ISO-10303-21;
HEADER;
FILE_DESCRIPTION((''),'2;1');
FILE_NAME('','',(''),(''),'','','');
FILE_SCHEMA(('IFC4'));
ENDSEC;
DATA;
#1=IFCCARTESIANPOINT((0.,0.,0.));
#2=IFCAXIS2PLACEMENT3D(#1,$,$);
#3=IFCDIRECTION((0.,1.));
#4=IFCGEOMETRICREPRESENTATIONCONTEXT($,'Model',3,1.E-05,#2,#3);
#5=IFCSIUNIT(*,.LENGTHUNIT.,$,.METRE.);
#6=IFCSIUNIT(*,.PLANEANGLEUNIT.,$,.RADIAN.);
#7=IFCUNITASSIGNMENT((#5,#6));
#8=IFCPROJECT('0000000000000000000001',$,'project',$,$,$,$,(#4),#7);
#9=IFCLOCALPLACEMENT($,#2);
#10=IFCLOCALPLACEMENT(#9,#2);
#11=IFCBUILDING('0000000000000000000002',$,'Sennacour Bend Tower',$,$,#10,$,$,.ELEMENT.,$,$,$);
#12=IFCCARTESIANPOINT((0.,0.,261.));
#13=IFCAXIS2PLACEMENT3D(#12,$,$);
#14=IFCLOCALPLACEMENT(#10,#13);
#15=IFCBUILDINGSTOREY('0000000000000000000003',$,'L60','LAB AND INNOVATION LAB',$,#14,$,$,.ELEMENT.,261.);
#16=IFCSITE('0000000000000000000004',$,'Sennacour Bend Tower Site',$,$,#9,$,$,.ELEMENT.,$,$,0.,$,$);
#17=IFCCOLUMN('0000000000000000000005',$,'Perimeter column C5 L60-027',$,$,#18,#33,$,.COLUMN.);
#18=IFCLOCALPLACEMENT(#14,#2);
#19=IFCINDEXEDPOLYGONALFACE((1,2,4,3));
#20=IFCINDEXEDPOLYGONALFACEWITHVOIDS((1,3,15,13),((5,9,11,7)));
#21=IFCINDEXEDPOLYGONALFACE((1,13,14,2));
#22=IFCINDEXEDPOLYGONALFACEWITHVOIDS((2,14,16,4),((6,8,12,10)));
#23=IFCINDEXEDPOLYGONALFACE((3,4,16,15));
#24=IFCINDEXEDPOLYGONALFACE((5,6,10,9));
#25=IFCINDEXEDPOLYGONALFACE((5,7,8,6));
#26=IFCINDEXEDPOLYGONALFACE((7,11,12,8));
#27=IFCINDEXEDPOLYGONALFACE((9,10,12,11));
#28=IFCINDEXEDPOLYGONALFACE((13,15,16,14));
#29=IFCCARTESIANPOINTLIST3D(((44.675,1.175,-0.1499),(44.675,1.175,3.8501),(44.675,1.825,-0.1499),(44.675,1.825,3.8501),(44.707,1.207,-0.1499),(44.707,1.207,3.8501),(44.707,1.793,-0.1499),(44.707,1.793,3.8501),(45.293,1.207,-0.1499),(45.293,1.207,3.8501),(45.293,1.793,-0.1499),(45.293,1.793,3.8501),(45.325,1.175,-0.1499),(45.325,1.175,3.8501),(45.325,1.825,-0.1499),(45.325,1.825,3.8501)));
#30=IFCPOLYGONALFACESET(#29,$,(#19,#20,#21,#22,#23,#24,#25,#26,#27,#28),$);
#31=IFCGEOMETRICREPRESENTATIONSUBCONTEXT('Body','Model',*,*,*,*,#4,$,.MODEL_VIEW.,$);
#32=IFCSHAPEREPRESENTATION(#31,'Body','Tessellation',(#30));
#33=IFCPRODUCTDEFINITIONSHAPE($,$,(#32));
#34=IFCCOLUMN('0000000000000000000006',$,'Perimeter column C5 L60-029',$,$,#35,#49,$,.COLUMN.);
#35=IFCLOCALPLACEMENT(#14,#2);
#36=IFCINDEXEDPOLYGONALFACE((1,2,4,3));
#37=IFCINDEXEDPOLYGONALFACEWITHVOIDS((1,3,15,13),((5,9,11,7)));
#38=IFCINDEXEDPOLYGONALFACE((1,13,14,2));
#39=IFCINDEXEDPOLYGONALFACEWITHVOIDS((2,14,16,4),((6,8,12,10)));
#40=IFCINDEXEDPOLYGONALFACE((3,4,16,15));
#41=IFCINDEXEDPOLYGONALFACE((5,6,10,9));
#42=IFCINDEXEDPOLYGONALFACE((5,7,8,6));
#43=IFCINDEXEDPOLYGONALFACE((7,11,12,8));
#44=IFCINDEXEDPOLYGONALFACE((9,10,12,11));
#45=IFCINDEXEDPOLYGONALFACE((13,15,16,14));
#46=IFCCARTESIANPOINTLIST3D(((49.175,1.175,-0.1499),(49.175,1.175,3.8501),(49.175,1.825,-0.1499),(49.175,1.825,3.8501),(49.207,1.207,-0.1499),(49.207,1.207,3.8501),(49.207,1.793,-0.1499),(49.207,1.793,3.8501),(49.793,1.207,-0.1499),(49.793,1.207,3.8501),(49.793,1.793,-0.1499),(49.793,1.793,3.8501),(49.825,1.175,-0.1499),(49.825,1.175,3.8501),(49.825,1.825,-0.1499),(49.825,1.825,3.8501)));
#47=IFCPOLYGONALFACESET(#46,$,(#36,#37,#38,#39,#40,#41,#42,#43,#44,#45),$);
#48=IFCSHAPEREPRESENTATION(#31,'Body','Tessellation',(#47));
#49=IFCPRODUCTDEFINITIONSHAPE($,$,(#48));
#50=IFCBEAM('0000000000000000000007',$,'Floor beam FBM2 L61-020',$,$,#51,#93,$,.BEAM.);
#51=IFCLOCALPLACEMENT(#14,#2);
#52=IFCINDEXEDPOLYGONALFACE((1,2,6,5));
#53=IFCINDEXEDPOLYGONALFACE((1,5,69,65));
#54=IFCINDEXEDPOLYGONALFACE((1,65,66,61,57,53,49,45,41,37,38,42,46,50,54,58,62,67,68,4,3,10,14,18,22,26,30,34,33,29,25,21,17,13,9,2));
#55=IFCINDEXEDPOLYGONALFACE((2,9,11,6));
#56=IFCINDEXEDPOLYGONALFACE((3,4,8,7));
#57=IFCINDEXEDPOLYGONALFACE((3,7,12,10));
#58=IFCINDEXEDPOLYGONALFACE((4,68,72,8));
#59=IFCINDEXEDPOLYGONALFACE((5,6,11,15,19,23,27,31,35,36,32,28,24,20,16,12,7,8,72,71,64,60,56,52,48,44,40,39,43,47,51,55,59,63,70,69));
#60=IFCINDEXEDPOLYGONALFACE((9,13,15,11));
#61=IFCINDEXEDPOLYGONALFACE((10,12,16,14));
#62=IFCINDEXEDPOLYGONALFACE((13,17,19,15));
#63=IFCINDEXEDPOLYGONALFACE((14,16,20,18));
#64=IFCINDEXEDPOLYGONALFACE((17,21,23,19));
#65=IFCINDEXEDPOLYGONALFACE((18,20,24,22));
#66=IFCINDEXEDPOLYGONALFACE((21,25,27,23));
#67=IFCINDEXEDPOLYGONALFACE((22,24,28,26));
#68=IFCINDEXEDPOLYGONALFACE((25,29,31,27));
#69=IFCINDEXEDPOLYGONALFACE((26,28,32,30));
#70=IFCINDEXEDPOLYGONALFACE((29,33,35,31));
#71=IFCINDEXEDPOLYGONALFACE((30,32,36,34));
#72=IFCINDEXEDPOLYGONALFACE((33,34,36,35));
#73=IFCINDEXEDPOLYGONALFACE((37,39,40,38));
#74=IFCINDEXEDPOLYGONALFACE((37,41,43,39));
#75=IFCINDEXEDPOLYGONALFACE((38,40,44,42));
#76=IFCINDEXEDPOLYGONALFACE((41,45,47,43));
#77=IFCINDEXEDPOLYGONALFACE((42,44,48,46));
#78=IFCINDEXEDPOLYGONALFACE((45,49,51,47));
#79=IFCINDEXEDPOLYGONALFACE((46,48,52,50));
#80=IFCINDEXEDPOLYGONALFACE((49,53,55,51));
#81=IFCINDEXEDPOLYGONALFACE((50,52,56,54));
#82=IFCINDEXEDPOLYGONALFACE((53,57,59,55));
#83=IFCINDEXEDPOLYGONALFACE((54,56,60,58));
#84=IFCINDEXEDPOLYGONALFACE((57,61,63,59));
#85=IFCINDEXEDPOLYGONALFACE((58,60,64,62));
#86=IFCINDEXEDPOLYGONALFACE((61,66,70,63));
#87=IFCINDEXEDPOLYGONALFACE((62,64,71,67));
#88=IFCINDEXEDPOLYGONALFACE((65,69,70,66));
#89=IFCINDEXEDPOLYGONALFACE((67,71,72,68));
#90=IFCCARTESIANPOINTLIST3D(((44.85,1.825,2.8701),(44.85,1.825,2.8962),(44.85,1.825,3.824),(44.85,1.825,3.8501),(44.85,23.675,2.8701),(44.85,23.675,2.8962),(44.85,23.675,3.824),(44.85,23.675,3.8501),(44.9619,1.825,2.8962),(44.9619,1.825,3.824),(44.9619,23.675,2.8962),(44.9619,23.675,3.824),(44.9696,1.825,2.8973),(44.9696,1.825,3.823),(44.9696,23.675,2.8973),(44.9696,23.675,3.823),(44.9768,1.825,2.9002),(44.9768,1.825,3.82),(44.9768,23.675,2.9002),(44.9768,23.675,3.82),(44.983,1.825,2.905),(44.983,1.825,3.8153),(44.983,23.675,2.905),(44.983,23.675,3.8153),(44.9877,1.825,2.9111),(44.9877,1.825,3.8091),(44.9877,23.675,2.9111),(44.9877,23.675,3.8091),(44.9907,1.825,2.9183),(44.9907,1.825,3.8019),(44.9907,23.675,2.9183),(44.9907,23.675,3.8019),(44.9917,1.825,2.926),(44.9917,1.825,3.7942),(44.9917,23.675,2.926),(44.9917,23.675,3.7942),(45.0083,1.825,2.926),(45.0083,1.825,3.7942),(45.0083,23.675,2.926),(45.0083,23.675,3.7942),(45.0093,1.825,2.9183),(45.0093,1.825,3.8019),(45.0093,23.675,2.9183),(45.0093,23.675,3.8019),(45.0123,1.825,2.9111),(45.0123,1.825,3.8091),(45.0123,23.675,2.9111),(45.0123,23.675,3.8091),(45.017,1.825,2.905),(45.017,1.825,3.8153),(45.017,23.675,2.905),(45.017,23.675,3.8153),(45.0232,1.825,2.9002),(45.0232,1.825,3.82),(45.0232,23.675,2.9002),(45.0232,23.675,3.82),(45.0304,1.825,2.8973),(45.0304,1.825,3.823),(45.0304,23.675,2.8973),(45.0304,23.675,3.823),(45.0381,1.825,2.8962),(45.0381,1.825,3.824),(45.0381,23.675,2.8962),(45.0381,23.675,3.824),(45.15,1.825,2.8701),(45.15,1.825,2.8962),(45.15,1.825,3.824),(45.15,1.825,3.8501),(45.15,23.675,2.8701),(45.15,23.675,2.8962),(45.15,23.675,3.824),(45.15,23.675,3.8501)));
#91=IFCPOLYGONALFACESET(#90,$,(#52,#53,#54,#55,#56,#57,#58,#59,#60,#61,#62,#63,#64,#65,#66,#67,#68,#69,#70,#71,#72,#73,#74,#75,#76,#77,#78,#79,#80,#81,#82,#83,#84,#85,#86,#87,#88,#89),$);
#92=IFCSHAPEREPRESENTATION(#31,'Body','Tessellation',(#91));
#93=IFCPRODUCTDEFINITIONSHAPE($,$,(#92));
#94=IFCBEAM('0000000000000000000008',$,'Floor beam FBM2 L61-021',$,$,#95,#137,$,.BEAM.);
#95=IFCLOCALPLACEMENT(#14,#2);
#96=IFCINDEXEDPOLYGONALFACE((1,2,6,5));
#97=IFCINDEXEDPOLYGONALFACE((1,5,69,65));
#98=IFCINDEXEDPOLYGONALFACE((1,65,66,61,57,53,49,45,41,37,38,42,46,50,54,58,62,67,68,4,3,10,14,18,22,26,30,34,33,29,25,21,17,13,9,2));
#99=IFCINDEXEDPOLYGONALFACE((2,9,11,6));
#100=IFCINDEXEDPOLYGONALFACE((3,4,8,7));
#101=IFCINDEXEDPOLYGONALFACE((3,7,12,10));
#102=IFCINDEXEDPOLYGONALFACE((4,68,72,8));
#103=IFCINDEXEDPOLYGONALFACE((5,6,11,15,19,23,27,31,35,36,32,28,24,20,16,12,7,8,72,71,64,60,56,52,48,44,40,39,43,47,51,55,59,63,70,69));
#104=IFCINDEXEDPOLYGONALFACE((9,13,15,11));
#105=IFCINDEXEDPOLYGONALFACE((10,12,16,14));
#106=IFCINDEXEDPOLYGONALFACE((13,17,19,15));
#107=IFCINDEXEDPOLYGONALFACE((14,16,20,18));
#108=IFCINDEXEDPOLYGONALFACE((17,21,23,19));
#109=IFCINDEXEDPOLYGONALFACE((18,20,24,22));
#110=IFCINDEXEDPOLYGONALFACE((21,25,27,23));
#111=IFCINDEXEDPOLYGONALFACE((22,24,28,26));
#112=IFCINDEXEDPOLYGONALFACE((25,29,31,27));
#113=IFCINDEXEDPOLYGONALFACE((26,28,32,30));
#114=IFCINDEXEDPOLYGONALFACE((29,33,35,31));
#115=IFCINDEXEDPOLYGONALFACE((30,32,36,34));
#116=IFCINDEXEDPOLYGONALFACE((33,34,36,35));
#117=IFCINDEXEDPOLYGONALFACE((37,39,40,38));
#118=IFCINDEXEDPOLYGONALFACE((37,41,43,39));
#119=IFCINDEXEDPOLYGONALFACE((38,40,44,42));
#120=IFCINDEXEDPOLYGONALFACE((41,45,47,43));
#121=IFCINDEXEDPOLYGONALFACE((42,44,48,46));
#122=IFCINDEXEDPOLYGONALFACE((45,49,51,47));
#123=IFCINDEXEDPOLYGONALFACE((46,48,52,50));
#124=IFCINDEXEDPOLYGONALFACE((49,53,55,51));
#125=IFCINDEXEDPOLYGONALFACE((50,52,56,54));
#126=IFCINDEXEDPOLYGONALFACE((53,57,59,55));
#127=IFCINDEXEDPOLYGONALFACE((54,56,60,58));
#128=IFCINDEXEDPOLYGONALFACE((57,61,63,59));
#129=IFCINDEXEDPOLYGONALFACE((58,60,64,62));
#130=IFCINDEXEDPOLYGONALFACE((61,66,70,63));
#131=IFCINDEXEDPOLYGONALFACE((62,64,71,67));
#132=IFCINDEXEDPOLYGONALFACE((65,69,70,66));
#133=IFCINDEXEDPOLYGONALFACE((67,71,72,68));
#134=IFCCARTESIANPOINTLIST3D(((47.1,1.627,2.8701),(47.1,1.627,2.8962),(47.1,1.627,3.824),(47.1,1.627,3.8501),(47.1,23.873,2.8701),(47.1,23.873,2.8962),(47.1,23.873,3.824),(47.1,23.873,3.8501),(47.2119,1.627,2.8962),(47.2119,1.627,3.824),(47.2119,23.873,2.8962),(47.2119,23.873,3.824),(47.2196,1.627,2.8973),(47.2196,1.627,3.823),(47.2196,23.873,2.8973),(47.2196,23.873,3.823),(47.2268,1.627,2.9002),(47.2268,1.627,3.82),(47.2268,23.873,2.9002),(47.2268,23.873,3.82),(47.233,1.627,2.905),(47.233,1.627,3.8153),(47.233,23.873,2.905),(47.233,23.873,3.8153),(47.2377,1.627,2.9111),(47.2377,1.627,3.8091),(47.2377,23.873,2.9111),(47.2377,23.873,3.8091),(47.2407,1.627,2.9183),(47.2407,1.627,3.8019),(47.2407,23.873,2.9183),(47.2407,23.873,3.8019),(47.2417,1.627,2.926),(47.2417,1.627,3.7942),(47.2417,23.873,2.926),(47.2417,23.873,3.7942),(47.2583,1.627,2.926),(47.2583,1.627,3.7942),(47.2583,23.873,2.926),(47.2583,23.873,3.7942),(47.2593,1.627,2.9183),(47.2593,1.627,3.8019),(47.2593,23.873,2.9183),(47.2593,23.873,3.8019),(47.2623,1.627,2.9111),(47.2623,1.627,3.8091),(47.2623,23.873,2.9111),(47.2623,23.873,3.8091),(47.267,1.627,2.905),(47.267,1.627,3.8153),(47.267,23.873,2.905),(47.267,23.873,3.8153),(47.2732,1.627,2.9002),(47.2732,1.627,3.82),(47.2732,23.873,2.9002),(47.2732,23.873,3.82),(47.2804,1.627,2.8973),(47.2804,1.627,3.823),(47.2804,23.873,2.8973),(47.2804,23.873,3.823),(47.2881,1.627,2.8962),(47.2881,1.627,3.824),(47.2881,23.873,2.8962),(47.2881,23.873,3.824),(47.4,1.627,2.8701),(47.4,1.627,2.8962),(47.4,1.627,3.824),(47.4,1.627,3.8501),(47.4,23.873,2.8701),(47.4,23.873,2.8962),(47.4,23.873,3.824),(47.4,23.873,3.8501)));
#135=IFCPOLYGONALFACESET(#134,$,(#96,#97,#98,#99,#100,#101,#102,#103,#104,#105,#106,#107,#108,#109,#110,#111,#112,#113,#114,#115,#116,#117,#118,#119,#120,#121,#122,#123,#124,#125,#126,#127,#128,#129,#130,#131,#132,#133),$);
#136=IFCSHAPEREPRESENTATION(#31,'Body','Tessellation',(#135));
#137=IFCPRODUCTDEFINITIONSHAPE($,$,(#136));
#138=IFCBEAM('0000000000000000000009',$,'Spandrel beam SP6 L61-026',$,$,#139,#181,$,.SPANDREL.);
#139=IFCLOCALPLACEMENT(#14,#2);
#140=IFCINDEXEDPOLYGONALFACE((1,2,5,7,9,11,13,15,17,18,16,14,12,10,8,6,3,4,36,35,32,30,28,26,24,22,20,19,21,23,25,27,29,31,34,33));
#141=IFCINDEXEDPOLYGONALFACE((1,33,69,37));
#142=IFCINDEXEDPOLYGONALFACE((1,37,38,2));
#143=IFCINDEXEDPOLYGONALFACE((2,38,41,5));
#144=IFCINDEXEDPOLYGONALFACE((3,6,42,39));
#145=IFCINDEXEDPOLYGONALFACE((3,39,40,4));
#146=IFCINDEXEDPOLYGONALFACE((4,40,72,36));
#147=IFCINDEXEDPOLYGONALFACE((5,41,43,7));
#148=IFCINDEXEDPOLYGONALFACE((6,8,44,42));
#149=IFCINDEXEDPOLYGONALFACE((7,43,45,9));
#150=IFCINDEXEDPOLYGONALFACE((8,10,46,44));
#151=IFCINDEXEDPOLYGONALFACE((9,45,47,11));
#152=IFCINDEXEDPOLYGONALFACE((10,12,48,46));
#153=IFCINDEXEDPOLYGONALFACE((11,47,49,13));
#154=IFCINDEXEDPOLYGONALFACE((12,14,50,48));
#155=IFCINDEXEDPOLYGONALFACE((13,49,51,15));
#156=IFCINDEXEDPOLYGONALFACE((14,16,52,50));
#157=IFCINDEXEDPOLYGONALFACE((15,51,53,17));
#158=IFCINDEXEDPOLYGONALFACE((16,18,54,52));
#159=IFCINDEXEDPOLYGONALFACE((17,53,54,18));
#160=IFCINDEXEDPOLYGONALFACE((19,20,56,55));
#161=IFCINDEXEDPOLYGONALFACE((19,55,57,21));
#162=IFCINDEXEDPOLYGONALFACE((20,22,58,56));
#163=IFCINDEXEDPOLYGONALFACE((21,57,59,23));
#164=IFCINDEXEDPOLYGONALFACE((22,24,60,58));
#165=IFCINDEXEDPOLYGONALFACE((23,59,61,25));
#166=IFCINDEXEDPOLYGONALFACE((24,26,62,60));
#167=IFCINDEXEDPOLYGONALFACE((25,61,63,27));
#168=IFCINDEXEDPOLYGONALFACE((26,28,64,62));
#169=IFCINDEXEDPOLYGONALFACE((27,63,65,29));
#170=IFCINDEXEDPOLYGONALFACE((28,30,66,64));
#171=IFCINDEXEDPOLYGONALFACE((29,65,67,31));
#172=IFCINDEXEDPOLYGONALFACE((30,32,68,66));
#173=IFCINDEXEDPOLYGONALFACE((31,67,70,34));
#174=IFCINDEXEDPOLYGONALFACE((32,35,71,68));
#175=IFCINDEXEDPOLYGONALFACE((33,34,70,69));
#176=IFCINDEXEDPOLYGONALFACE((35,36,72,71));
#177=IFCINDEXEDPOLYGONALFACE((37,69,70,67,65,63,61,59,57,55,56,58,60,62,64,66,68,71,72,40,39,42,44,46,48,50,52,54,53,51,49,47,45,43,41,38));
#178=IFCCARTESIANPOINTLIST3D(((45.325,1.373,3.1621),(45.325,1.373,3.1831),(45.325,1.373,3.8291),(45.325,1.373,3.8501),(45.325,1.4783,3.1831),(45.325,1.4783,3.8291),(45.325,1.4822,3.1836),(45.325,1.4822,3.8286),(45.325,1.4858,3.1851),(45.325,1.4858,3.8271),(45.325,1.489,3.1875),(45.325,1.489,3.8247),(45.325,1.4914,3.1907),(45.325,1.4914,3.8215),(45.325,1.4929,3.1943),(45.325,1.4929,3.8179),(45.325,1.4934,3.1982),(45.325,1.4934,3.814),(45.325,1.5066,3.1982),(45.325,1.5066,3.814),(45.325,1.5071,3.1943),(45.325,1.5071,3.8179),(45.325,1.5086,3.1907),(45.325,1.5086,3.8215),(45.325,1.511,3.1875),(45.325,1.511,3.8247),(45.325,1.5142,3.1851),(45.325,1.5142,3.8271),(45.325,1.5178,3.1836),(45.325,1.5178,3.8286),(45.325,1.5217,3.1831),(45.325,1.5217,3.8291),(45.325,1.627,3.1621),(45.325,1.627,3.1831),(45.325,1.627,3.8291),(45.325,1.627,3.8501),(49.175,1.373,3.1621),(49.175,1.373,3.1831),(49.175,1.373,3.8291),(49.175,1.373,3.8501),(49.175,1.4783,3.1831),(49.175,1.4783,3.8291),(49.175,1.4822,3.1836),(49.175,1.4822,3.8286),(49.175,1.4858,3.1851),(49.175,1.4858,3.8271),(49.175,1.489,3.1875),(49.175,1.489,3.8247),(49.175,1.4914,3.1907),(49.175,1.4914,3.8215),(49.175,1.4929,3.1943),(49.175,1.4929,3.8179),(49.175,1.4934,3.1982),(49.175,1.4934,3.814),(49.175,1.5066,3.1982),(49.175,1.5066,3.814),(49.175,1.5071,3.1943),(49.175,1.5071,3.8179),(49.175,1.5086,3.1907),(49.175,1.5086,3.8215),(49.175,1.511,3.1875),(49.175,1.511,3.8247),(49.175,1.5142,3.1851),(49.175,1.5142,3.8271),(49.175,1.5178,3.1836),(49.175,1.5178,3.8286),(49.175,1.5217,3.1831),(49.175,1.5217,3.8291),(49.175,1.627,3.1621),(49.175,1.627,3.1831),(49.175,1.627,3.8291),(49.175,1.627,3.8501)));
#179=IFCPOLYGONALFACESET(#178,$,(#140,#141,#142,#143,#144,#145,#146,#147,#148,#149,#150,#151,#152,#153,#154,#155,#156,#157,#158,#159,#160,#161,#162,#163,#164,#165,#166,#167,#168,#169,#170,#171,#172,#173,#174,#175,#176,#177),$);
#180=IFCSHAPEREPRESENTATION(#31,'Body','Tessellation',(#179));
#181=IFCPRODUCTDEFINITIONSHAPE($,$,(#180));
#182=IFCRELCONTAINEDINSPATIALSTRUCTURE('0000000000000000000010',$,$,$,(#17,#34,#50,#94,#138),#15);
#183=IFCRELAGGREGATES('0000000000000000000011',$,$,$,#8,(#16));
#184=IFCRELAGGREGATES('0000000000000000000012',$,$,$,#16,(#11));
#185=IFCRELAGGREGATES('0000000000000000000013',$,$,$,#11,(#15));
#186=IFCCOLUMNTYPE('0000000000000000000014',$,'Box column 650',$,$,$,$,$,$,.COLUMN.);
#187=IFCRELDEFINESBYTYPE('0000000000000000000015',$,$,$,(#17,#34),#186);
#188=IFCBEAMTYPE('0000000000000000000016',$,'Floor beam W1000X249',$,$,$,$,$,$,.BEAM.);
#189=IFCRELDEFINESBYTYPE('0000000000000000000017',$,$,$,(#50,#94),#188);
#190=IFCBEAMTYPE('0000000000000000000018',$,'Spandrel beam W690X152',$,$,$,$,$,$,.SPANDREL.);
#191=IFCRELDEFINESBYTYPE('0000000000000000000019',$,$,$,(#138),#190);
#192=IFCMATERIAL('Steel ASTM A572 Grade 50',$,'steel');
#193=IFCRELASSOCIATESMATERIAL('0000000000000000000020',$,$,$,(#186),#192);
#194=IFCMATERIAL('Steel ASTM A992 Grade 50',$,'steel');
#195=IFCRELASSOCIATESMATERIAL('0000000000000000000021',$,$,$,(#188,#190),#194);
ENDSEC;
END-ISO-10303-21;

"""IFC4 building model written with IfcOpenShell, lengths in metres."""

from ifc_helpers import new_model, si_unit, direction, frame, origin, origin_2d, place, context, subcontext, project, spatial, hollow_rectangle, i_section, extrude, material, material_profile, profile_set, type_object, element, save


model = new_model("IFC4")

# Units and contexts
model_context = context("Model", 3, precision=1e-05, world=origin(), true_north=direction((0.0, 1.0)))
body_context = subcontext(model_context, "Body", "Model", "MODEL_VIEW")
ifc_project = project(units=[si_unit("LENGTHUNIT", "METRE"), si_unit("PLANEANGLEUNIT", "RADIAN")], contexts=[model_context])

# Site, building, storey
site_placement = place(None, origin())
site = spatial("IfcSite", under=ifc_project, at=site_placement, Name="Sennacour Bend Tower Site", CompositionType="ELEMENT", RefElevation=0.0)
building_placement = place(site_placement, origin())
building = spatial("IfcBuilding", under=site, at=building_placement, Name="Sennacour Bend Tower", CompositionType="ELEMENT")
storey_placement = place(building_placement, frame((0.0, 0.0, 261.0)))
storey = spatial("IfcBuildingStorey", under=building, at=storey_placement, Name="L60", Description="LAB AND INNOVATION LAB", CompositionType="ELEMENT", Elevation=261.0)

# Columns
ifc_material_1 = material(Name="Steel ASTM A572 Grade 50", Category="steel")
ifc_material_profile_1 = material_profile(ifc_material_1, hollow_rectangle(XDim=0.6499, YDim=0.6499, WallThickness=0.032, at=origin_2d()), Name="Steel ASTM A572 Grade 50", Category="steel")
ifc_profile_set_1 = profile_set([ifc_material_profile_1], Name="Steel ASTM A572 Grade 50")
column_type = type_object("IfcColumnType", Name="Box column 650", PredefinedType="COLUMN", material=ifc_profile_set_1)
for number, where, z_axis, x_axis, name in (
    (1, (45.0, 1.5, -0.1499), (0.0, 0.0, 1.0), (1.0, 0.0, 0.0), "Perimeter column C5 L60-027"),
    (2, (49.5, 1.5, -0.1499), (0.0, 0.0, 1.0), (1.0, 0.0, 0.0), "Perimeter column C5 L60-029"),
):
    element("IfcColumn", number, at=place(storey_placement, frame(where, z_axis=z_axis, x_axis=x_axis)), inside=storey, type_object=column_type, Name=name, PredefinedType="COLUMN", context=body_context, shape_type="SweptSolid", body=[
        extrude(hollow_rectangle(XDim=0.6499, YDim=0.6499, WallThickness=0.032, at=origin_2d()), origin(), (0.0, 0.0, 1.0), 4.0),
    ])

# Beams
ifc_material_2 = material(Name="Steel ASTM A992 Grade 50", Category="steel")
ifc_material_profile_2 = material_profile(ifc_material_2, i_section(OverallWidth=0.3, OverallDepth=0.98, WebThickness=0.0166, FlangeThickness=0.0261, FilletRadius=0.0298, at=origin_2d()), Name="Steel ASTM A992 Grade 50", Category="steel")
ifc_profile_set_2 = profile_set([ifc_material_profile_2], Name="Steel ASTM A992 Grade 50")
beam_type_1 = type_object("IfcBeamType", Name="Floor beam W1000X249", PredefinedType="BEAM", material=ifc_profile_set_2)
beam_1_placement = place(storey_placement, frame((45.0, 1.825, 3.3601), z_axis=(0.0, 1.0, 0.0), x_axis=(-1.0, 0.0, 0.0)))
element("IfcBeam", 3, at=beam_1_placement, inside=storey, type_object=beam_type_1, Name="Floor beam FBM2 L61-020", PredefinedType="BEAM", context=body_context, shape_type="SweptSolid", body=[
    extrude(i_section(OverallWidth=0.3, OverallDepth=0.98, WebThickness=0.0166, FlangeThickness=0.0261, FilletRadius=0.0298, at=origin_2d()), origin(), (0.0, 0.0, 1.0), 21.8501),
])
beam_2_placement = place(storey_placement, frame((47.25, 1.627, 3.3601), z_axis=(0.0, 1.0, 0.0), x_axis=(-1.0, 0.0, 0.0)))
element("IfcBeam", 4, at=beam_2_placement, inside=storey, type_object=beam_type_1, Name="Floor beam FBM2 L61-021", PredefinedType="BEAM", context=body_context, shape_type="SweptSolid", body=[
    extrude(i_section(OverallWidth=0.3, OverallDepth=0.98, WebThickness=0.0166, FlangeThickness=0.0261, FilletRadius=0.0298, at=origin_2d()), origin(), (0.0, 0.0, 1.0), 22.2461),
])
ifc_material_profile_3 = material_profile(ifc_material_2, i_section(OverallWidth=0.2539, OverallDepth=0.688, WebThickness=0.0132, FlangeThickness=0.021, FilletRadius=0.0151, at=origin_2d()), Name="Steel ASTM A992 Grade 50", Category="steel")
ifc_profile_set_3 = profile_set([ifc_material_profile_3], Name="Steel ASTM A992 Grade 50")
beam_type_2 = type_object("IfcBeamType", Name="Spandrel beam W690X152", PredefinedType="SPANDREL", material=ifc_profile_set_3)
beam_3_placement = place(storey_placement, frame((49.175, 1.5, 3.5061), z_axis=(-1.0, 0.0, 0.0), x_axis=(0.0, -1.0, 0.0)))
element("IfcBeam", 5, at=beam_3_placement, inside=storey, type_object=beam_type_2, Name="Spandrel beam SP6 L61-026", PredefinedType="SPANDREL", context=body_context, shape_type="SweptSolid", body=[
    extrude(i_section(OverallWidth=0.2539, OverallDepth=0.688, WebThickness=0.0132, FlangeThickness=0.021, FilletRadius=0.0151, at=origin_2d()), origin(), (0.0, 0.0, 1.0), 3.8501),
])

save(model, "model.ifc")
